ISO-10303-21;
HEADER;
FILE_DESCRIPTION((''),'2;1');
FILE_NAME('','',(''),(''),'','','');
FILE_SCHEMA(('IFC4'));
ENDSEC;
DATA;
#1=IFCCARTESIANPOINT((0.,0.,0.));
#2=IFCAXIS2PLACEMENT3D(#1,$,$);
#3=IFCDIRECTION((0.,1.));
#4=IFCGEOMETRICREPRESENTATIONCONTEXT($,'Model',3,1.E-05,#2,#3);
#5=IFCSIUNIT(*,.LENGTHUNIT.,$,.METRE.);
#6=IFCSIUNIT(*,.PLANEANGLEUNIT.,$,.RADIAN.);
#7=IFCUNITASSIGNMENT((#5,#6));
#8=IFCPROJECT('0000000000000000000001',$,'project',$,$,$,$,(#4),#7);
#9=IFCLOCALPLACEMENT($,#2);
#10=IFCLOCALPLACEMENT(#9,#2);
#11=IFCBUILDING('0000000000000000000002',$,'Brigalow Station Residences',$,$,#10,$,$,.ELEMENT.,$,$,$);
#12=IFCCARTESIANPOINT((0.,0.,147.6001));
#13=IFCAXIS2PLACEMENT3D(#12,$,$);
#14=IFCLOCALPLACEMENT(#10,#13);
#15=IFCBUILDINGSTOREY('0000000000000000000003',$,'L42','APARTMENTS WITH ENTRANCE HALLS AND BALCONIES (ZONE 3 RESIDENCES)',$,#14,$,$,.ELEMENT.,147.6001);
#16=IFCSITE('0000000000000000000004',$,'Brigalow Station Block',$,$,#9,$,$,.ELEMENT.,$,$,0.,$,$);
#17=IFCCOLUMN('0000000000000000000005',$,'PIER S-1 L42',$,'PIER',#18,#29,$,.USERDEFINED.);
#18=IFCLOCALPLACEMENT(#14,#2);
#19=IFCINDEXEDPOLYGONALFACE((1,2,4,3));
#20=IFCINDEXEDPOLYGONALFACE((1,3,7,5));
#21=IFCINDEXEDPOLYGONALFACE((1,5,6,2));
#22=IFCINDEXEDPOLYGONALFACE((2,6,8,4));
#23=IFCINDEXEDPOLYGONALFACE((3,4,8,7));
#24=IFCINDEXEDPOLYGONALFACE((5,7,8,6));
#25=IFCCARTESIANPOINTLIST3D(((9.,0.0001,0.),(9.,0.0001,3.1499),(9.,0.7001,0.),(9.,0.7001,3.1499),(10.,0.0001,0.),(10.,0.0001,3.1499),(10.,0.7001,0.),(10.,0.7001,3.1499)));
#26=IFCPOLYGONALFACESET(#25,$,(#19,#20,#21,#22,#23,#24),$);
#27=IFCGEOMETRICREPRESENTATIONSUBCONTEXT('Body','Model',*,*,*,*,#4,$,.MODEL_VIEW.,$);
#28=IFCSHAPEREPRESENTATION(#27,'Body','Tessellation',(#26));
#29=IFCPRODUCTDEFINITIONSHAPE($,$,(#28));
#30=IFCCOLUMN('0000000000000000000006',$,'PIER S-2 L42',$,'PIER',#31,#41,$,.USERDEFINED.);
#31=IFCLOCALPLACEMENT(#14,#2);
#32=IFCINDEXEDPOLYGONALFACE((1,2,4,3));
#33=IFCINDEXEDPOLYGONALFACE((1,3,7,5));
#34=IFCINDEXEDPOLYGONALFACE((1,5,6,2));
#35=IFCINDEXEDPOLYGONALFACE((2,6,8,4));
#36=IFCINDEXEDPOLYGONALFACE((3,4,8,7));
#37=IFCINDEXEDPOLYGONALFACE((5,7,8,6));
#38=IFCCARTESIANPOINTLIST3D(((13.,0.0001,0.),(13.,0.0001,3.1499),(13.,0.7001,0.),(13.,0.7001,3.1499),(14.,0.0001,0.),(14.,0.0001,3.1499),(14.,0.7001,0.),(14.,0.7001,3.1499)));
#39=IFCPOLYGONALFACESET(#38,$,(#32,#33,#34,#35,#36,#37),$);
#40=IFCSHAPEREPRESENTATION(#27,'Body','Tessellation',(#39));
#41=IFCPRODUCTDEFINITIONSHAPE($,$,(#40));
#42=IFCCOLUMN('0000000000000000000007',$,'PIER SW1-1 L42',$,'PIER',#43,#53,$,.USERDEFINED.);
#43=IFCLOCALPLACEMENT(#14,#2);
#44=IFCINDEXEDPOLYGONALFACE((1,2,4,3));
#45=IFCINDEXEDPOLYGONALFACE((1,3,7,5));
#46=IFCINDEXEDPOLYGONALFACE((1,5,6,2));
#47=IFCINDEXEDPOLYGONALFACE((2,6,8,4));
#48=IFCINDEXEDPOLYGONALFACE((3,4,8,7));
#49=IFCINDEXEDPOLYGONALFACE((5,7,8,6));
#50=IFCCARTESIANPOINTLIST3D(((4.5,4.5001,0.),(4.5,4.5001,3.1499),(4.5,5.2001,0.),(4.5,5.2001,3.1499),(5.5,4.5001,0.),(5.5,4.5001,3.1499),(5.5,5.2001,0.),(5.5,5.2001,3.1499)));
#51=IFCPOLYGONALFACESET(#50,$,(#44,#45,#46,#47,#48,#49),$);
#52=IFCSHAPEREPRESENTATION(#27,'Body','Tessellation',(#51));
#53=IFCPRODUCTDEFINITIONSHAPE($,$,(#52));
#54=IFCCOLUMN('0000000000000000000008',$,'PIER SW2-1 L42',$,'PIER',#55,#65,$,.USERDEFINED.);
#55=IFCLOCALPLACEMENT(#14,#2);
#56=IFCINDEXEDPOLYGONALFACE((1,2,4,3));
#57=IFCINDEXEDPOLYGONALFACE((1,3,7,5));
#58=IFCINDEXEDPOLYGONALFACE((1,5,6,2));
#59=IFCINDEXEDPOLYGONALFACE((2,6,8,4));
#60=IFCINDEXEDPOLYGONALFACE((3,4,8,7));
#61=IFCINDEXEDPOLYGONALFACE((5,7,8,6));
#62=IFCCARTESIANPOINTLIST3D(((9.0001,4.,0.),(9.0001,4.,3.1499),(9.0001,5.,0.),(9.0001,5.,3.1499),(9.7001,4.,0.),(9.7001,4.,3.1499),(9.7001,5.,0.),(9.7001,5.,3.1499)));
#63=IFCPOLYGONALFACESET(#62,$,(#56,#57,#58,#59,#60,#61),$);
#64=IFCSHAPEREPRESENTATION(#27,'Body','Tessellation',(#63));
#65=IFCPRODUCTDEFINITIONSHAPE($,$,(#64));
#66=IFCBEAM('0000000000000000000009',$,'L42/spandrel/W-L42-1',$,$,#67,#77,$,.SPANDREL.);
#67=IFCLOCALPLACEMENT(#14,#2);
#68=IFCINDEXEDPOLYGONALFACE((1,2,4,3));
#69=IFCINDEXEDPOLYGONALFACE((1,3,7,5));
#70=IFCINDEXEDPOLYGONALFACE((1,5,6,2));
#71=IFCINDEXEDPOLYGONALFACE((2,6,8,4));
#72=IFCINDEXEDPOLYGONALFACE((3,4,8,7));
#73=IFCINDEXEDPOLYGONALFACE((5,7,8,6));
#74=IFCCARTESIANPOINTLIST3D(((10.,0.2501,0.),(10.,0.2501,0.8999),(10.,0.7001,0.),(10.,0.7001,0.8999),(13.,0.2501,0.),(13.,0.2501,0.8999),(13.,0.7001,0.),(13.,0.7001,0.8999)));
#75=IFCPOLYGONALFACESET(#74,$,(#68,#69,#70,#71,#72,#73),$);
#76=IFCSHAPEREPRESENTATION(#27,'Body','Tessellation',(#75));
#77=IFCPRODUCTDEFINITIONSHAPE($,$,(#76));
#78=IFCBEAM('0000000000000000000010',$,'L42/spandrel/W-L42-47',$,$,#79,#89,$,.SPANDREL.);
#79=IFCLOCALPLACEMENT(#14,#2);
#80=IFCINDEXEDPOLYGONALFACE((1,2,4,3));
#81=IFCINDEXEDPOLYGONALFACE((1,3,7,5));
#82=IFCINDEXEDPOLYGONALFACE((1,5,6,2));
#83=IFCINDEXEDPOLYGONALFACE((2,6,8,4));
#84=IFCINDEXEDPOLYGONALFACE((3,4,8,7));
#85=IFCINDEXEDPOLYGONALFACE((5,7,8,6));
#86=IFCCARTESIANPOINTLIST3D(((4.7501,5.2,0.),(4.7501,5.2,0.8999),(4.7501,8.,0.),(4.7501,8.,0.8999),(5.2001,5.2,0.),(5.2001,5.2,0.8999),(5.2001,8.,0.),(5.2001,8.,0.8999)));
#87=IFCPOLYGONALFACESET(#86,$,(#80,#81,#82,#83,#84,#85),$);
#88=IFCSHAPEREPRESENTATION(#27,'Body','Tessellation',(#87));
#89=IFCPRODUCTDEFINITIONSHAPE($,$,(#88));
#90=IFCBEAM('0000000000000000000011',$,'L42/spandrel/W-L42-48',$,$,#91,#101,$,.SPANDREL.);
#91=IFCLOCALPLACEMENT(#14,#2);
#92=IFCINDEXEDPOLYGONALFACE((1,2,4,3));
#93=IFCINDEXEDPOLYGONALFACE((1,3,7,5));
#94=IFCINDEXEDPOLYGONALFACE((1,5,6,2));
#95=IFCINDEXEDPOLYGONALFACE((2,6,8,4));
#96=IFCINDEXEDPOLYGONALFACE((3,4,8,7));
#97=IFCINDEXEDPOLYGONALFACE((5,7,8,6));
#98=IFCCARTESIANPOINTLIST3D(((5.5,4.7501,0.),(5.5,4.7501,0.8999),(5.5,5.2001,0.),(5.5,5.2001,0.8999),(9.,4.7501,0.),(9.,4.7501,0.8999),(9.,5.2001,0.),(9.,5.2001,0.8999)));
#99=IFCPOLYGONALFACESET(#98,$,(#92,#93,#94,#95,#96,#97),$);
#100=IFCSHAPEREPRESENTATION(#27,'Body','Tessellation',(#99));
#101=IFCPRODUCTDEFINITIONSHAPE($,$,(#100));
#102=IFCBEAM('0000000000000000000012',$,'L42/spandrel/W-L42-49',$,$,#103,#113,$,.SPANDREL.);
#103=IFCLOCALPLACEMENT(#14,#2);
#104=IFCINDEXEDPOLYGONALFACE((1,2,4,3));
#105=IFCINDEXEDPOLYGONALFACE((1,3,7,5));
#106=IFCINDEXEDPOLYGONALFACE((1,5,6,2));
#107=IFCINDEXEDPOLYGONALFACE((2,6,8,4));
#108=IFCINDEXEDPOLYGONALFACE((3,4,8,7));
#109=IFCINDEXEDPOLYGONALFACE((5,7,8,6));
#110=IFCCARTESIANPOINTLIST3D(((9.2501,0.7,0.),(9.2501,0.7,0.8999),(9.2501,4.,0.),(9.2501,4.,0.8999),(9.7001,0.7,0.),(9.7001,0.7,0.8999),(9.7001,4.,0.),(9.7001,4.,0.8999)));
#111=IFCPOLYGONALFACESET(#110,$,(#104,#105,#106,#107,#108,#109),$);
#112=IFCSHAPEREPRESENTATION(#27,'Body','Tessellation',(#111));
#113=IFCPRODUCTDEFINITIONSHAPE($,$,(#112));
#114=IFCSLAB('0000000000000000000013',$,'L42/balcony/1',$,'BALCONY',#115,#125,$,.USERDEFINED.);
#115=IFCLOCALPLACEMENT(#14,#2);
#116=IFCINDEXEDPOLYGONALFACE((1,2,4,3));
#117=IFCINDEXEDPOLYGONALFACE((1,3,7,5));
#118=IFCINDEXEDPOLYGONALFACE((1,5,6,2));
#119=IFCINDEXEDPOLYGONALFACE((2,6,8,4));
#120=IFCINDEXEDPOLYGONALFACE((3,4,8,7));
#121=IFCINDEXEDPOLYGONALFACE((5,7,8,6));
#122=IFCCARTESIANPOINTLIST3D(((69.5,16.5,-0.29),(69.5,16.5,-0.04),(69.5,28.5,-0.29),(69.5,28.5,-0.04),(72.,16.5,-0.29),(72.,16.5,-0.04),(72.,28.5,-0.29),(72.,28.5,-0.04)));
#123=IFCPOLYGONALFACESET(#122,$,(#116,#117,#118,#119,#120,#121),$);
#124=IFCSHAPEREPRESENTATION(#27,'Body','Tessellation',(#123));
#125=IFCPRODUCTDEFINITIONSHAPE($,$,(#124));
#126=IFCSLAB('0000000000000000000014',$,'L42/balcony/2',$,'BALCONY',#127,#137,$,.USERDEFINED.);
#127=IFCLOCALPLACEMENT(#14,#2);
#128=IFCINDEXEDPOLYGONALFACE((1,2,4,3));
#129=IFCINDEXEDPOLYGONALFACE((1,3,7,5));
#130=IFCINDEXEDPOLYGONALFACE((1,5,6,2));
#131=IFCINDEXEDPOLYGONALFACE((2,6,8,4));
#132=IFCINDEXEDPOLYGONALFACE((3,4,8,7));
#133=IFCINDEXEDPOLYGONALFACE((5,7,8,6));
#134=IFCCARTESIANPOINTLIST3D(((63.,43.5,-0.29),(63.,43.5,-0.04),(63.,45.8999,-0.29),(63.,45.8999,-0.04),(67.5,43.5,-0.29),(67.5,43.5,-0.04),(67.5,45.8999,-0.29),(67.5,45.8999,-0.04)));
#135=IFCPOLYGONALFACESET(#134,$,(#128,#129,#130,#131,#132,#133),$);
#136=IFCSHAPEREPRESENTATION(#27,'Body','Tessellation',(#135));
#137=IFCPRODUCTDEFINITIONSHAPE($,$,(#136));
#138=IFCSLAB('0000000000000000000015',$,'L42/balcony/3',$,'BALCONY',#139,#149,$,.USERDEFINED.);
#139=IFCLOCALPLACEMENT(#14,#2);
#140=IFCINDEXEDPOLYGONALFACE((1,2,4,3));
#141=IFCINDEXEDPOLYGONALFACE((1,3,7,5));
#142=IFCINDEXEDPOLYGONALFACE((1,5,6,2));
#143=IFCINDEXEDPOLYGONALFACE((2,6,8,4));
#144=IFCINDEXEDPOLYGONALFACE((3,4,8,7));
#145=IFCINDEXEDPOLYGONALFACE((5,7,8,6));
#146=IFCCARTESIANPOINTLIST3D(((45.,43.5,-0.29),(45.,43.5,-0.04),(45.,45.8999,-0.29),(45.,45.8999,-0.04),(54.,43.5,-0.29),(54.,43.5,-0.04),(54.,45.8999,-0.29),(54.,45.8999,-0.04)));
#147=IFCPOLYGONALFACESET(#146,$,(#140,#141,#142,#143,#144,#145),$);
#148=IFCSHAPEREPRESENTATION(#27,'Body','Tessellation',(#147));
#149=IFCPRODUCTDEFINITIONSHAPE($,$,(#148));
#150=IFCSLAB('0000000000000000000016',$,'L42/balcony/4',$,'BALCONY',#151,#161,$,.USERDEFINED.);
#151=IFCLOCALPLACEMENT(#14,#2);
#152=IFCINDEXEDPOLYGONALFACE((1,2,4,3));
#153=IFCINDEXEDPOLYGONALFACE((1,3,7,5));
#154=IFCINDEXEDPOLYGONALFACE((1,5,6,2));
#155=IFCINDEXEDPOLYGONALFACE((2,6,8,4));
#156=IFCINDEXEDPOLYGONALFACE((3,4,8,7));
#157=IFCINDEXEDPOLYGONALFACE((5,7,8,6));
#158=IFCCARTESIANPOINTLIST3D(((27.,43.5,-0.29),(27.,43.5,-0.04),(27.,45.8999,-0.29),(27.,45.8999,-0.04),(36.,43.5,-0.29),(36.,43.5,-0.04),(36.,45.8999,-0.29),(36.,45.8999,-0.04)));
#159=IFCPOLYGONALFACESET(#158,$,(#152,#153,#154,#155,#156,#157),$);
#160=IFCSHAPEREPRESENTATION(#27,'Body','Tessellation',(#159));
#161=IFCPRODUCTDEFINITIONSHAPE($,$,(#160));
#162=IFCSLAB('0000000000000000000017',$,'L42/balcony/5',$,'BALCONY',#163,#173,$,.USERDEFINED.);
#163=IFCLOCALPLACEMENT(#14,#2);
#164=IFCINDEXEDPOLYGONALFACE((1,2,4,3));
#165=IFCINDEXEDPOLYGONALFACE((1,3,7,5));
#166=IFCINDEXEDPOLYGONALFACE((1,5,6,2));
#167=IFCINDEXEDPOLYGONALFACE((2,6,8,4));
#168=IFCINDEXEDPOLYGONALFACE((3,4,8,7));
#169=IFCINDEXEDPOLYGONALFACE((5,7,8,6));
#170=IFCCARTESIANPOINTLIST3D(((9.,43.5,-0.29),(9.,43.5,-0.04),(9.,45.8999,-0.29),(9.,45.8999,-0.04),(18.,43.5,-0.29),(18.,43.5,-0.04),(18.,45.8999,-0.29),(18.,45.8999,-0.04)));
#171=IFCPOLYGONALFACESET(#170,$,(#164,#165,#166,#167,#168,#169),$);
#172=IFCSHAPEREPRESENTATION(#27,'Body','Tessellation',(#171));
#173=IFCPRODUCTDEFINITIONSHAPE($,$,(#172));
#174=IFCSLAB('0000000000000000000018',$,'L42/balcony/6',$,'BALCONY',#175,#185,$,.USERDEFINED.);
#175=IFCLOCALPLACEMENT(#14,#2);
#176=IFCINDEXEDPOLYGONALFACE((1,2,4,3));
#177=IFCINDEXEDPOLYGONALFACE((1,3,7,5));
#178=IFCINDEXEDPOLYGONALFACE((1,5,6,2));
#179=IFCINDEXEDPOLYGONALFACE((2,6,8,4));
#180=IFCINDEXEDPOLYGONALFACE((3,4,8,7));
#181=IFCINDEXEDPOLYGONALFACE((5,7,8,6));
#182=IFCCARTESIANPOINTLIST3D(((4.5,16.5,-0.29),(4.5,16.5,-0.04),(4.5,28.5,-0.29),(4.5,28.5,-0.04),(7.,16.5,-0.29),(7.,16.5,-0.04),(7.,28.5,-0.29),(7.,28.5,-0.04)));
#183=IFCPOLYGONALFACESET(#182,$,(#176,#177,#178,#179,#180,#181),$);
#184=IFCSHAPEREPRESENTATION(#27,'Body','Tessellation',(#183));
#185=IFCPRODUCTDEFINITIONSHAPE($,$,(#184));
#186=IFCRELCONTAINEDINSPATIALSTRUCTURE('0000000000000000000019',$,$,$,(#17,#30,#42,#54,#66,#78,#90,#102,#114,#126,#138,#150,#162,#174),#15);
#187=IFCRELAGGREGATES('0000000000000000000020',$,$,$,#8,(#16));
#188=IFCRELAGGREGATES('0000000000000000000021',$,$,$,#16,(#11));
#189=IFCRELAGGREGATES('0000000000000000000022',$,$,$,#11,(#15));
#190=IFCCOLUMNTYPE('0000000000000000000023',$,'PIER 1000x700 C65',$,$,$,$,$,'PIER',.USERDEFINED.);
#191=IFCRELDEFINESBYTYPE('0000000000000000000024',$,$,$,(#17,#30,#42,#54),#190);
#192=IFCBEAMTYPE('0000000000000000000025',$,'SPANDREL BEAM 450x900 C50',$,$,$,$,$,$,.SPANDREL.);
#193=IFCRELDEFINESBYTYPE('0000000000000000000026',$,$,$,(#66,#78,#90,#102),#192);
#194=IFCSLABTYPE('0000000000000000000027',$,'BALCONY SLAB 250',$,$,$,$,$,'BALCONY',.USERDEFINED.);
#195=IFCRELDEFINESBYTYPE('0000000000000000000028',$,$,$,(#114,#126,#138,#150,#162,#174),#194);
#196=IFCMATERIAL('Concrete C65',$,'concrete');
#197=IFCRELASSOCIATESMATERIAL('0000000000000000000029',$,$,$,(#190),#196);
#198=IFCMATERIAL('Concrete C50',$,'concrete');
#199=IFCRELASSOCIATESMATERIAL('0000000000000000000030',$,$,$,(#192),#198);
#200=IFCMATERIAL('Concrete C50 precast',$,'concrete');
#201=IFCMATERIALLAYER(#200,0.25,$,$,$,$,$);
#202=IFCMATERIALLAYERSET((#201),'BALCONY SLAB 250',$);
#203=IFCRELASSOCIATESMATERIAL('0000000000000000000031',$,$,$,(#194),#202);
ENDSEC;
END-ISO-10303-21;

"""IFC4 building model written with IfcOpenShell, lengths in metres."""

from ifc_helpers import new_model, si_unit, direction, frame, origin, origin_2d, place, context, subcontext, project, spatial, polyline, rectangle, outline, extrude, material, layer, layer_set, material_profile, profile_set, type_object, element, save


model = new_model("IFC4")

# Units and contexts
model_context = context("Model", 3, precision=1e-05, world=origin(), true_north=direction((0.0, 1.0)))
body_context = subcontext(model_context, "Body", "Model", "MODEL_VIEW")
ifc_project = project(units=[si_unit("LENGTHUNIT", "METRE"), si_unit("PLANEANGLEUNIT", "RADIAN")], contexts=[model_context])

# Site, building, storey
site_placement = place(None, origin())
site = spatial("IfcSite", under=ifc_project, at=site_placement, Name="Brigalow Station Block", CompositionType="ELEMENT", RefElevation=0.0)
building_placement = place(site_placement, origin())
building = spatial("IfcBuilding", under=site, at=building_placement, Name="Brigalow Station Residences", CompositionType="ELEMENT")
storey_placement = place(building_placement, frame((0.0, 0.0, 147.6001)))
storey = spatial("IfcBuildingStorey", under=building, at=storey_placement, Name="L42", Description="APARTMENTS WITH ENTRANCE HALLS AND BALCONIES (ZONE 3 RESIDENCES)", CompositionType="ELEMENT", Elevation=147.6001)

# Columns
ifc_material_1 = material(Name="Concrete C65", Category="concrete")
ifc_material_profile_1 = material_profile(ifc_material_1, rectangle(XDim=1.0, YDim=0.7, at=origin_2d()), Name="RC1000x700")
ifc_profile_set_1 = profile_set([ifc_material_profile_1], Name="Concrete C65")
column_type = type_object("IfcColumnType", Name="PIER 1000x700 C65", ElementType="PIER", PredefinedType="USERDEFINED", material=ifc_profile_set_1)
for number, where, z_axis, x_axis, name in (
    (1, (9.5, 0.3501, 0.0), (0.0, 0.0, 1.0), (1.0, 0.0, 0.0), "PIER S-1 L42"),
    (2, (13.5, 0.3501, 0.0), (0.0, 0.0, 1.0), (1.0, 0.0, 0.0), "PIER S-2 L42"),
    (3, (5.0, 4.8501, 0.0), (0.0, 0.0, 1.0), (1.0, 0.0, 0.0), "PIER SW1-1 L42"),
    (4, (9.3501, 4.5, 0.0), (0.0, 0.0, 1.0), (0.0, -1.0, 0.0), "PIER SW2-1 L42"),
):
    element("IfcColumn", number, at=place(storey_placement, frame(where, z_axis=z_axis, x_axis=x_axis)), inside=storey, type_object=column_type, Name=name, ObjectType="PIER", PredefinedType="USERDEFINED", context=body_context, shape_type="SweptSolid", body=[
        extrude(rectangle(XDim=1.0, YDim=0.7, at=origin_2d()), origin(), (0.0, 0.0, 1.0), 3.1499),
    ])

# Beams
ifc_material_2 = material(Name="Concrete C50", Category="concrete")
ifc_material_profile_2 = material_profile(ifc_material_2, rectangle(XDim=0.45, YDim=0.8999, at=origin_2d()), Name="RC450x900")
ifc_profile_set_2 = profile_set([ifc_material_profile_2], Name="Concrete C50")
beam_type = type_object("IfcBeamType", Name="SPANDREL BEAM 450x900 C50", PredefinedType="SPANDREL", material=ifc_profile_set_2)
beam_1_placement = place(storey_placement, frame((10.0, 0.4751, 0.45), z_axis=(1.0, 0.0, 0.0), x_axis=(0.0, 1.0, 0.0)))
element("IfcBeam", 5, at=beam_1_placement, inside=storey, type_object=beam_type, Name="L42/spandrel/W-L42-1", PredefinedType="SPANDREL", context=body_context, shape_type="SweptSolid", body=[
    extrude(rectangle(XDim=0.45, YDim=0.8999, at=origin_2d()), origin(), (0.0, 0.0, 1.0), 3.0),
])
beam_2_placement = place(storey_placement, frame((4.9751, 8.0, 0.45), z_axis=(0.0, -1.0, 0.0), x_axis=(1.0, 0.0, 0.0)))
element("IfcBeam", 6, at=beam_2_placement, inside=storey, type_object=beam_type, Name="L42/spandrel/W-L42-47", PredefinedType="SPANDREL", context=body_context, shape_type="SweptSolid", body=[
    extrude(rectangle(XDim=0.45, YDim=0.8999, at=origin_2d()), origin(), (0.0, 0.0, 1.0), 2.8),
])
beam_3_placement = place(storey_placement, frame((5.5, 4.9751, 0.45), z_axis=(1.0, 0.0, 0.0), x_axis=(0.0, 1.0, 0.0)))
element("IfcBeam", 7, at=beam_3_placement, inside=storey, type_object=beam_type, Name="L42/spandrel/W-L42-48", PredefinedType="SPANDREL", context=body_context, shape_type="SweptSolid", body=[
    extrude(rectangle(XDim=0.45, YDim=0.8999, at=origin_2d()), origin(), (0.0, 0.0, 1.0), 3.5),
])
beam_4_placement = place(storey_placement, frame((9.4751, 4.0, 0.45), z_axis=(0.0, -1.0, 0.0), x_axis=(1.0, 0.0, 0.0)))
element("IfcBeam", 8, at=beam_4_placement, inside=storey, type_object=beam_type, Name="L42/spandrel/W-L42-49", PredefinedType="SPANDREL", context=body_context, shape_type="SweptSolid", body=[
    extrude(rectangle(XDim=0.45, YDim=0.8999, at=origin_2d()), origin(), (0.0, 0.0, 1.0), 3.3),
])

# Slabs
ifc_material_3 = material(Name="Concrete C50 precast", Category="concrete")
ifc_layer_1 = layer(ifc_material_3, 0.25)
ifc_layer_set_1 = layer_set([ifc_layer_1], Name="BALCONY SLAB 250")
slab_type_1 = type_object("IfcSlabType", Name="BALCONY SLAB 250", ElementType="BALCONY", PredefinedType="USERDEFINED", material=ifc_layer_set_1)
slab_1_placement = place(storey_placement, frame((0.0, 0.0, -0.29)))
element("IfcSlab", 9, at=slab_1_placement, inside=storey, type_object=slab_type_1, Name="L42/balcony/1", ObjectType="BALCONY", PredefinedType="USERDEFINED", context=body_context, shape_type="SweptSolid", body=[
    extrude(outline(polyline([(69.5, 16.5), (72.0, 16.5), (72.0, 28.5), (69.5, 28.5), (69.5, 16.5)])), origin(), (0.0, 0.0, 1.0), 0.25),
])
slab_2_placement = place(storey_placement, frame((0.0, 0.0, -0.29)))
element("IfcSlab", 10, at=slab_2_placement, inside=storey, type_object=slab_type_1, Name="L42/balcony/2", ObjectType="BALCONY", PredefinedType="USERDEFINED", context=body_context, shape_type="SweptSolid", body=[
    extrude(outline(polyline([(67.5, 43.5), (67.5, 45.8999), (63.0, 45.8999), (63.0, 43.5), (67.5, 43.5)])), origin(), (0.0, 0.0, 1.0), 0.25),
])
slab_3_placement = place(storey_placement, frame((0.0, 0.0, -0.29)))
element("IfcSlab", 11, at=slab_3_placement, inside=storey, type_object=slab_type_1, Name="L42/balcony/3", ObjectType="BALCONY", PredefinedType="USERDEFINED", context=body_context, shape_type="SweptSolid", body=[
    extrude(outline(polyline([(54.0, 43.5), (54.0, 45.8999), (45.0, 45.8999), (45.0, 43.5), (54.0, 43.5)])), origin(), (0.0, 0.0, 1.0), 0.25),
])
slab_4_placement = place(storey_placement, frame((0.0, 0.0, -0.29)))
element("IfcSlab", 12, at=slab_4_placement, inside=storey, type_object=slab_type_1, Name="L42/balcony/4", ObjectType="BALCONY", PredefinedType="USERDEFINED", context=body_context, shape_type="SweptSolid", body=[
    extrude(outline(polyline([(36.0, 43.5), (36.0, 45.8999), (27.0, 45.8999), (27.0, 43.5), (36.0, 43.5)])), origin(), (0.0, 0.0, 1.0), 0.25),
])
slab_5_placement = place(storey_placement, frame((0.0, 0.0, -0.29)))
element("IfcSlab", 13, at=slab_5_placement, inside=storey, type_object=slab_type_1, Name="L42/balcony/5", ObjectType="BALCONY", PredefinedType="USERDEFINED", context=body_context, shape_type="SweptSolid", body=[
    extrude(outline(polyline([(18.0, 43.5), (18.0, 45.8999), (9.0, 45.8999), (9.0, 43.5), (18.0, 43.5)])), origin(), (0.0, 0.0, 1.0), 0.25),
])
slab_6_placement = place(storey_placement, frame((0.0, 0.0, -0.29)))
element("IfcSlab", 14, at=slab_6_placement, inside=storey, type_object=slab_type_1, Name="L42/balcony/6", ObjectType="BALCONY", PredefinedType="USERDEFINED", context=body_context, shape_type="SweptSolid", body=[
    extrude(outline(polyline([(7.0, 28.5), (4.5, 28.5), (4.5, 16.5), (7.0, 16.5), (7.0, 28.5)])), origin(), (0.0, 0.0, 1.0), 0.25),
])

save(model, "model.ifc")
